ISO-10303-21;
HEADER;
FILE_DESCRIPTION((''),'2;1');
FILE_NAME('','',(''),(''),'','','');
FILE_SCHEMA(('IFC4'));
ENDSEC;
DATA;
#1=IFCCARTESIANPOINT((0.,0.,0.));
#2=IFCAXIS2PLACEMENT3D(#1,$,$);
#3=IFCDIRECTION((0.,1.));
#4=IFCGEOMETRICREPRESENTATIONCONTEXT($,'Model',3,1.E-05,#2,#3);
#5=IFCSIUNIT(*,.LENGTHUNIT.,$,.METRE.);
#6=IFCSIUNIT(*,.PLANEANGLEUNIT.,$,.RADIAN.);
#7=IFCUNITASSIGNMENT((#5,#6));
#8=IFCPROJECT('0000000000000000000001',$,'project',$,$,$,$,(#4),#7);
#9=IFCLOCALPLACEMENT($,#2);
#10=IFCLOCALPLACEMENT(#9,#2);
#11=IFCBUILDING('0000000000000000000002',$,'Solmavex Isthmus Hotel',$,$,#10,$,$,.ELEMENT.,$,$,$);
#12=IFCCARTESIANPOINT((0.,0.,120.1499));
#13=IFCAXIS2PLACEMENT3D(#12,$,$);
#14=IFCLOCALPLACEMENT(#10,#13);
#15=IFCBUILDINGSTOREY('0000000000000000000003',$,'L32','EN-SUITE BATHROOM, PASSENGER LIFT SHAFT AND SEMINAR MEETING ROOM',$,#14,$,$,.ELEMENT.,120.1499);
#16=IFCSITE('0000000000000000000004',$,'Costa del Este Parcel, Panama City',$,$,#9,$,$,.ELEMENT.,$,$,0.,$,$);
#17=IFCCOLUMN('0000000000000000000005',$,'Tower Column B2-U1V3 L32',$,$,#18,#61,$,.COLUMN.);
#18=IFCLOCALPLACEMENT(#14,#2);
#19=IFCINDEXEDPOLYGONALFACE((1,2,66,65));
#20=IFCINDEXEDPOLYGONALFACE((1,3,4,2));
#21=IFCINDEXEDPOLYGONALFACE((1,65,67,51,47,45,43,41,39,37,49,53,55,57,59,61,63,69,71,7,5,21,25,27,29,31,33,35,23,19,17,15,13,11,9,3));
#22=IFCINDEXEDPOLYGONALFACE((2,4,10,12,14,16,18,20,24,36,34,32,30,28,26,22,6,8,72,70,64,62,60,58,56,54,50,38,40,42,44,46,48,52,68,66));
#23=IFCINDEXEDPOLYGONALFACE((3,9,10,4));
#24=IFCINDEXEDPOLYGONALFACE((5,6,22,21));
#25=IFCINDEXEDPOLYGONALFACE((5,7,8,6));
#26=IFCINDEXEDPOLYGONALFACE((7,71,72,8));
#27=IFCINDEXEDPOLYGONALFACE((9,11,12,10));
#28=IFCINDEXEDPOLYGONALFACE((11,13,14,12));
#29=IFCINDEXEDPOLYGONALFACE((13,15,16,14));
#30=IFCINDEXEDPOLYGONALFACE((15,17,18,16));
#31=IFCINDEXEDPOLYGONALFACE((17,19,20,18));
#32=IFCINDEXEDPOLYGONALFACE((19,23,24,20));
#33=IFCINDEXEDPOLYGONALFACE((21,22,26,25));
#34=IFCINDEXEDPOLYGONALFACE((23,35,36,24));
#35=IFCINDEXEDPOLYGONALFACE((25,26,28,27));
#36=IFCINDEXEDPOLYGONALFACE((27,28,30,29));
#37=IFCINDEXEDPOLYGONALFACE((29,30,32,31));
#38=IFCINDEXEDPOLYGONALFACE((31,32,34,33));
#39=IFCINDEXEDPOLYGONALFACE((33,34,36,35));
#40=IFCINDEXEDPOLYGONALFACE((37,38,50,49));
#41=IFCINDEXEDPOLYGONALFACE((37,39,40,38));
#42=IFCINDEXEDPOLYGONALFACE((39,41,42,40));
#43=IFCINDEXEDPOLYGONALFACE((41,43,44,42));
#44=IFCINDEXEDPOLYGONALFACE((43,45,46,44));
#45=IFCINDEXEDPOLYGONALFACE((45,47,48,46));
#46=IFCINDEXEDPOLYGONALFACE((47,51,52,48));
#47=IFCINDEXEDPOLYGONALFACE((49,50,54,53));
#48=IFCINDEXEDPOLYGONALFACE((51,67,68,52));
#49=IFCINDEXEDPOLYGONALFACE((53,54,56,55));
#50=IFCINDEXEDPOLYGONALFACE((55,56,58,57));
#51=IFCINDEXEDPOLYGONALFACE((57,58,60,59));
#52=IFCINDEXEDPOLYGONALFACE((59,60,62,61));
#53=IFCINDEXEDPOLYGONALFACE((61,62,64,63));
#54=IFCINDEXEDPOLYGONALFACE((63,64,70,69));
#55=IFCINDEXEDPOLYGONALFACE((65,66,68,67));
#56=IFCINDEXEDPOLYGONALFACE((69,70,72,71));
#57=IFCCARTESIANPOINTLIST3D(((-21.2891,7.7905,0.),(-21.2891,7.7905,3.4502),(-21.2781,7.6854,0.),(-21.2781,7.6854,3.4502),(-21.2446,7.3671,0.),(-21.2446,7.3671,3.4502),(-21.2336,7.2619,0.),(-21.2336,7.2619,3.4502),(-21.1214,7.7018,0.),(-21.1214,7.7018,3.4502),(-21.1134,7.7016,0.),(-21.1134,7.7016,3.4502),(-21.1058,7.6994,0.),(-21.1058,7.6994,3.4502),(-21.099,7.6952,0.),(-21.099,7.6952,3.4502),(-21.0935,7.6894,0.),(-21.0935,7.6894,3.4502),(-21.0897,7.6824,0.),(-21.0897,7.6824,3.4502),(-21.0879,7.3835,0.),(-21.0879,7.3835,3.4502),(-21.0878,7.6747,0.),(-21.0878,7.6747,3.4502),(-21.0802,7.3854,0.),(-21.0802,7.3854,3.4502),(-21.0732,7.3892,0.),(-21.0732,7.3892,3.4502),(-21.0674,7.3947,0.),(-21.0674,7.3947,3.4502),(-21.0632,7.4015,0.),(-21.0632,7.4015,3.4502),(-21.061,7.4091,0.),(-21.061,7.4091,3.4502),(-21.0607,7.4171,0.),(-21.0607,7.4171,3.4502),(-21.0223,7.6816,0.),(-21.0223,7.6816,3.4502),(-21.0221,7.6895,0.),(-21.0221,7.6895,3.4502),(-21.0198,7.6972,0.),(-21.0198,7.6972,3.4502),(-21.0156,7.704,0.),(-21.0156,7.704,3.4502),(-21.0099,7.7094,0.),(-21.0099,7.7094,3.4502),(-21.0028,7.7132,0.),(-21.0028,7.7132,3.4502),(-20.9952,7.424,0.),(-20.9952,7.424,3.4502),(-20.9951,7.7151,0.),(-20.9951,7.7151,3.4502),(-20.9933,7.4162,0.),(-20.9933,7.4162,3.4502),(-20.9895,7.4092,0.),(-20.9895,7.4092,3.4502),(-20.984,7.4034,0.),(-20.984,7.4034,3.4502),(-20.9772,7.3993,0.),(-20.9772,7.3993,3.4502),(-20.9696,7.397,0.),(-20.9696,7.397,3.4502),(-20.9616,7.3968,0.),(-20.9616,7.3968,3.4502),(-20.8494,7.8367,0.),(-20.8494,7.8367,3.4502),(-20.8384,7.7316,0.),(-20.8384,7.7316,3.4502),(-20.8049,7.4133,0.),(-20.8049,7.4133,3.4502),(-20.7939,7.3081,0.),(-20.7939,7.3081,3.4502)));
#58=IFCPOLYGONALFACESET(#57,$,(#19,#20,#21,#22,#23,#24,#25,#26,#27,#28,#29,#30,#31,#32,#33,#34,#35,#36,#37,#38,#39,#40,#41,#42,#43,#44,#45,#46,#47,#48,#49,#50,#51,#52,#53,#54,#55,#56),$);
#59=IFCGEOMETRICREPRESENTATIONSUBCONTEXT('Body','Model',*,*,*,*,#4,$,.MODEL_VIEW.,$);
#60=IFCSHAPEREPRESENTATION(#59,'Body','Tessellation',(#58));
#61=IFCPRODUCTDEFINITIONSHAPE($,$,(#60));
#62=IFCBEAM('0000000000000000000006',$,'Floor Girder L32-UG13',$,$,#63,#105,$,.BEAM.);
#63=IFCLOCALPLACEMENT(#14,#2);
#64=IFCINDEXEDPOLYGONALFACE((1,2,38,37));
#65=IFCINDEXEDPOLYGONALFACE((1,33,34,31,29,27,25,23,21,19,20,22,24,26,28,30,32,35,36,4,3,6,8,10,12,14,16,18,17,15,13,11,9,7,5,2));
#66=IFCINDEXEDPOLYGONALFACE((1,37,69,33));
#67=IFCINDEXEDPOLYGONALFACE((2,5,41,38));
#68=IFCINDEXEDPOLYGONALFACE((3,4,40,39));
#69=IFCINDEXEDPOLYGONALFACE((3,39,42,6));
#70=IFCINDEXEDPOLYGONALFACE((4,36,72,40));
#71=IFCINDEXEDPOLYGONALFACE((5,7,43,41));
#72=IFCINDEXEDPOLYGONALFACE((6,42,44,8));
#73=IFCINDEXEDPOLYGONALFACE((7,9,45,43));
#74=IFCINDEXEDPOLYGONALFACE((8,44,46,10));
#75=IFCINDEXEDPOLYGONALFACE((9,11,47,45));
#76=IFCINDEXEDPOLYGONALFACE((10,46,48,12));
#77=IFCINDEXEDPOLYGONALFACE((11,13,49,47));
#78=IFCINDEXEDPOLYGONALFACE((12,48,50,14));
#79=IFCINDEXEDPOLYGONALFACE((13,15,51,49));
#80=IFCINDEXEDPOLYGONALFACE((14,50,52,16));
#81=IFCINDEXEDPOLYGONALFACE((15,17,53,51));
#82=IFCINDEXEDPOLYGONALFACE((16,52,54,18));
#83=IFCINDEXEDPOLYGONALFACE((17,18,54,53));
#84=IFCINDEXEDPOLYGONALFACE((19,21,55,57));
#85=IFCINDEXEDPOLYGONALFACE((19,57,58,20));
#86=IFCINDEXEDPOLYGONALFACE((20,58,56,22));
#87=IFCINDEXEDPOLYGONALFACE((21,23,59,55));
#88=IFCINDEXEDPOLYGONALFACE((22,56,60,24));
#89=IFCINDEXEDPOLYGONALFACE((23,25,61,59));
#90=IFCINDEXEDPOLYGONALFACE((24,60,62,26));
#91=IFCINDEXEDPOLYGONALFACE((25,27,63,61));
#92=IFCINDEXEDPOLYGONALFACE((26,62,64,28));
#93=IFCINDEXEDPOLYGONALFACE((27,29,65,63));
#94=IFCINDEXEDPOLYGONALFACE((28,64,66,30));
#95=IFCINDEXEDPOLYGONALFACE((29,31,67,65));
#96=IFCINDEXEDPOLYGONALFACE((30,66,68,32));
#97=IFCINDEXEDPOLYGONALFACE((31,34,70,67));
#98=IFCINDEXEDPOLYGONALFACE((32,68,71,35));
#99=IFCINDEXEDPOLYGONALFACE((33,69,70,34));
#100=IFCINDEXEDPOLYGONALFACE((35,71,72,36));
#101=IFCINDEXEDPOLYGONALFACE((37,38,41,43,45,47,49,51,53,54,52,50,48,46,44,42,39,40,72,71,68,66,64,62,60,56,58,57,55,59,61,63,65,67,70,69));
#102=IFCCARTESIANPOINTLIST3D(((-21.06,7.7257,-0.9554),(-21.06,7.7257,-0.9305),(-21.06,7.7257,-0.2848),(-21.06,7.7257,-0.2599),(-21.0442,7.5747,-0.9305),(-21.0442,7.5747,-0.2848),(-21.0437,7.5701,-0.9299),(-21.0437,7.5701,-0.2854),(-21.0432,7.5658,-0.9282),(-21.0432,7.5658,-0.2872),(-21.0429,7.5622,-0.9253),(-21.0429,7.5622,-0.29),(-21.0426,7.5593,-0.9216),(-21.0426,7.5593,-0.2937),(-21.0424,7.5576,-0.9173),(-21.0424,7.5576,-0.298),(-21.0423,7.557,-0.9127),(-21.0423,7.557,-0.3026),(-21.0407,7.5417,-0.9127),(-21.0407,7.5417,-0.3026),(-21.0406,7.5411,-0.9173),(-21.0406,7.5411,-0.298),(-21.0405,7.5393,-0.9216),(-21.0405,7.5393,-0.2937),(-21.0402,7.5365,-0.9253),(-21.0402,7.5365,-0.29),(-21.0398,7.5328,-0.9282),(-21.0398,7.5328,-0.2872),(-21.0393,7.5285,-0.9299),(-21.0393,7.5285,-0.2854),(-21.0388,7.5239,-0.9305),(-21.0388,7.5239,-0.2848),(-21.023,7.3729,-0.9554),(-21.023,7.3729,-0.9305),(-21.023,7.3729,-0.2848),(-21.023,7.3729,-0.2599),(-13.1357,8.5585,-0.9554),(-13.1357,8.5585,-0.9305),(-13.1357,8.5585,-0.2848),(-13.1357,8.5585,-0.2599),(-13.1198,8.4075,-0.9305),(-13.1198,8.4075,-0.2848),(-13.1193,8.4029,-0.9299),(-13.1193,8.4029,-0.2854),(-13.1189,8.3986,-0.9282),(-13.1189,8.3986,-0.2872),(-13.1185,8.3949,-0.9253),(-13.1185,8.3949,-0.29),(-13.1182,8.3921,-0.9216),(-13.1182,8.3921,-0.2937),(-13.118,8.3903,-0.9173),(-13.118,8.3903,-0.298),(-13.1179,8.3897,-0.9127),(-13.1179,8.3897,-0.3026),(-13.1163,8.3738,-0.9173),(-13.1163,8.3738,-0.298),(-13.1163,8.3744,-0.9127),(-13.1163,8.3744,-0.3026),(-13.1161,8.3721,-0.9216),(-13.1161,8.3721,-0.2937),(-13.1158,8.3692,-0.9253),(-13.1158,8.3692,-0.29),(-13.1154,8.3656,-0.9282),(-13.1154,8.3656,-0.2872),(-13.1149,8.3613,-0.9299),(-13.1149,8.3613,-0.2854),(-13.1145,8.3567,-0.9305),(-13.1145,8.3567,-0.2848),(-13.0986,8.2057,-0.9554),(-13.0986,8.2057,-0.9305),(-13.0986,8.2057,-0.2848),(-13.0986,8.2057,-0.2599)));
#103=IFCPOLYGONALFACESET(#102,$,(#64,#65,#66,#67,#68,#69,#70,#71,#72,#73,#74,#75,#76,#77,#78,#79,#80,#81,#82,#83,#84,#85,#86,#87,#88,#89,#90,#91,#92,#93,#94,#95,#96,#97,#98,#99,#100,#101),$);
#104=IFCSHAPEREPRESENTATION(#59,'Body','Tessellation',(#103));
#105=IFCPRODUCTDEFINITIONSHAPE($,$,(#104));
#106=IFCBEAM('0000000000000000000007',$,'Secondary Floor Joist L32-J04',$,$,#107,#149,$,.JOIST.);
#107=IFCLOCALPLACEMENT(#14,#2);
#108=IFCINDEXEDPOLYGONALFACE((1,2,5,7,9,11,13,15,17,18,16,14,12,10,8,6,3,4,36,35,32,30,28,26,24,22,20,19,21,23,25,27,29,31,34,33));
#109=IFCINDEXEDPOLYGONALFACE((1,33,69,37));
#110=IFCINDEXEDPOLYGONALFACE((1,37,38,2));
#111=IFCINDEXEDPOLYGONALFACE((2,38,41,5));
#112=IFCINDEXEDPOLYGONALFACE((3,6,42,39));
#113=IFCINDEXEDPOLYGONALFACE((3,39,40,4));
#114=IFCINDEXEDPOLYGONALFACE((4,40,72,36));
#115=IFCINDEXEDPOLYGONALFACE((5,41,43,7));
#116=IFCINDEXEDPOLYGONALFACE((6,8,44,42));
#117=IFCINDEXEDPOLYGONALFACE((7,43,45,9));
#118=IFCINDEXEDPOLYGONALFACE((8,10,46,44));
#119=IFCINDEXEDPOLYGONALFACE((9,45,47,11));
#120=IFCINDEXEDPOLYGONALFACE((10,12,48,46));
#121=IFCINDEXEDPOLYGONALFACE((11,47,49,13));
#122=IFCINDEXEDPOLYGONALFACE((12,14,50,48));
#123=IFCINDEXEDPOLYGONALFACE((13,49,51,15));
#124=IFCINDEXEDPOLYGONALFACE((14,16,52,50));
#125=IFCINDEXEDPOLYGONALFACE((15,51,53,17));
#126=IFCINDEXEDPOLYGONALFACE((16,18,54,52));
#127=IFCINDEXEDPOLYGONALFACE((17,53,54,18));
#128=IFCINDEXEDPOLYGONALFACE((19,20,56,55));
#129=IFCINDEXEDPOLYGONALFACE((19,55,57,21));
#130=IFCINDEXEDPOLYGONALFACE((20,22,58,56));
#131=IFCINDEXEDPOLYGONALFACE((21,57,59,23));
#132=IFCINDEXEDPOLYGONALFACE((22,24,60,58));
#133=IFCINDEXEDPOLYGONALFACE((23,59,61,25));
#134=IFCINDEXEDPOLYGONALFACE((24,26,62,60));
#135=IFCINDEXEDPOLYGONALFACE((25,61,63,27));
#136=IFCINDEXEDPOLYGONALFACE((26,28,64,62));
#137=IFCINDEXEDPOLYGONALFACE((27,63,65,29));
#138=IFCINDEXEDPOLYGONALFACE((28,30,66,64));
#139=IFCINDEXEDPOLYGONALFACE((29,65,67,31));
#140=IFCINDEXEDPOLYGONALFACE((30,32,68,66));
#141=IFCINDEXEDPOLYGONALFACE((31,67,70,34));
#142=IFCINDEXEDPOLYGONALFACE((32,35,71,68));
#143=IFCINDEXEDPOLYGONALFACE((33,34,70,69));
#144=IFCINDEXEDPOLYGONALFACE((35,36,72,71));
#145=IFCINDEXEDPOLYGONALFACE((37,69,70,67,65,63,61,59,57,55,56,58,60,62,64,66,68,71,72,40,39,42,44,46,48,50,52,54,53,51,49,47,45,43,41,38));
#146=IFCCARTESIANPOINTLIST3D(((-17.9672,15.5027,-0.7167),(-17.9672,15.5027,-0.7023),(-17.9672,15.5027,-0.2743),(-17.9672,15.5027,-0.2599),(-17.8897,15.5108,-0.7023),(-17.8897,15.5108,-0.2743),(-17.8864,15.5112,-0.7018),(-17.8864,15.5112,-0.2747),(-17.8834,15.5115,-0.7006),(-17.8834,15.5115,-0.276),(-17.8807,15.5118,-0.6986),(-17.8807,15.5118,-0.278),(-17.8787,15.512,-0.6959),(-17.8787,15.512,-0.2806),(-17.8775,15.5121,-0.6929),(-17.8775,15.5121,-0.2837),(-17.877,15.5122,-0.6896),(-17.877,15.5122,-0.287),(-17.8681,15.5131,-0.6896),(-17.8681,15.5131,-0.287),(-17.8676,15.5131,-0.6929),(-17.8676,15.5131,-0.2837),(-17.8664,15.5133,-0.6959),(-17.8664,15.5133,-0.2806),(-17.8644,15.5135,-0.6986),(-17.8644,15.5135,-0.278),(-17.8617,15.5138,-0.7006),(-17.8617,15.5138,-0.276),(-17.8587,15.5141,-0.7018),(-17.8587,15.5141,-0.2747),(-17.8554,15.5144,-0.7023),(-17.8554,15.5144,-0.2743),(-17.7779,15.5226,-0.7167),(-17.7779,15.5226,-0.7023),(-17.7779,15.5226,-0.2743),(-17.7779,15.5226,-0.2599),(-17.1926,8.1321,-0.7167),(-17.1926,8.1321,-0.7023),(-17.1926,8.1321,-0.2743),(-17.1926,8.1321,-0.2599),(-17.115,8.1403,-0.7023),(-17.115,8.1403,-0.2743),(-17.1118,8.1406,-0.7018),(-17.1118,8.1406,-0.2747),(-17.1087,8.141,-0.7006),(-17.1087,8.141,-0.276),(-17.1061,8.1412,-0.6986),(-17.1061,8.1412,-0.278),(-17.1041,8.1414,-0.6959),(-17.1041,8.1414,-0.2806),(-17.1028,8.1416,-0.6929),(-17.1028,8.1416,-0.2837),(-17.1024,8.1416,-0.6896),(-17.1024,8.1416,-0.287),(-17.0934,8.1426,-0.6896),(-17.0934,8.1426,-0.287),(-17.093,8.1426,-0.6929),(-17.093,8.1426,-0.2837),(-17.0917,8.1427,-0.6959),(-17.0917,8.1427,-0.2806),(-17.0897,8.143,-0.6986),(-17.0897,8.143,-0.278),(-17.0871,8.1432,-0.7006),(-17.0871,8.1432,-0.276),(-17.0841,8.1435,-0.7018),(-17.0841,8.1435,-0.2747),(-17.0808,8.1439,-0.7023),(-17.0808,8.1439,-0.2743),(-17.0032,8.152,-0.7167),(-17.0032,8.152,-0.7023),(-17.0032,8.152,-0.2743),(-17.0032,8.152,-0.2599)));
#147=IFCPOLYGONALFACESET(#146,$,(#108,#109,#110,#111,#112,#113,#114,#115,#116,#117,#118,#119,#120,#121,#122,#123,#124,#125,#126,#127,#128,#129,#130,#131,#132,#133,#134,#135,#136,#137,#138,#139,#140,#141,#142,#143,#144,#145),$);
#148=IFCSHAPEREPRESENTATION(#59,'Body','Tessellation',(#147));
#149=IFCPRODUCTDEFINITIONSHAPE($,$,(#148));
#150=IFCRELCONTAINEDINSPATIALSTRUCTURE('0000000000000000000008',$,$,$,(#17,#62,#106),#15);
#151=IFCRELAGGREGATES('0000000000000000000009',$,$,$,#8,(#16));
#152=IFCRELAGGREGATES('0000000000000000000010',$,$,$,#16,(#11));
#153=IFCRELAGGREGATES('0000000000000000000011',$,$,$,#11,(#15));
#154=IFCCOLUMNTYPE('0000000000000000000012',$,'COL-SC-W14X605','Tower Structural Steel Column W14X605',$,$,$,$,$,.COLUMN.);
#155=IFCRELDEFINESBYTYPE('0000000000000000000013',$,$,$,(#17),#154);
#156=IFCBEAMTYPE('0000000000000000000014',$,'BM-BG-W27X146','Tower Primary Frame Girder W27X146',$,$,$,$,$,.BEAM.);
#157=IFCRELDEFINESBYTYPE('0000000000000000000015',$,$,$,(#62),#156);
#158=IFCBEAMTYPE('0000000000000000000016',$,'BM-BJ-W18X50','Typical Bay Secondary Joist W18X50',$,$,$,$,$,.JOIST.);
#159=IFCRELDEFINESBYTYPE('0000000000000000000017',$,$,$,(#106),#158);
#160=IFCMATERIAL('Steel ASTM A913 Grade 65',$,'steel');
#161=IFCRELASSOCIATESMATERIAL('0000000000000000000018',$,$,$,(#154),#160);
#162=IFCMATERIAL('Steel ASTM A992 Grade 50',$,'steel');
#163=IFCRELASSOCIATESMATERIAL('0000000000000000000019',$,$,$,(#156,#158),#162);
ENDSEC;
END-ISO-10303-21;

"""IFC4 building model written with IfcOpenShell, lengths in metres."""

from ifc_helpers import new_model, si_unit, direction, frame, origin, origin_2d, place, context, subcontext, project, spatial, i_section, extrude, material, material_profile, profile_set, type_object, element, save


model = new_model("IFC4")

# Units and contexts
model_context = context("Model", 3, precision=1e-05, world=origin(), true_north=direction((0.0, 1.0)))
body_context = subcontext(model_context, "Body", "Model", "MODEL_VIEW")
ifc_project = project(units=[si_unit("LENGTHUNIT", "METRE"), si_unit("PLANEANGLEUNIT", "RADIAN")], contexts=[model_context])

# Site, building, storey
site_placement = place(None, origin())
site = spatial("IfcSite", under=ifc_project, at=site_placement, Name="Costa del Este Parcel, Panama City", CompositionType="ELEMENT", RefElevation=0.0)
building_placement = place(site_placement, origin())
building = spatial("IfcBuilding", under=site, at=building_placement, Name="Solmavex Isthmus Hotel", CompositionType="ELEMENT")
storey_placement = place(building_placement, frame((0.0, 0.0, 120.1499)))
storey = spatial("IfcBuildingStorey", under=building, at=storey_placement, Name="L32", Description="EN-SUITE BATHROOM, PASSENGER LIFT SHAFT AND SEMINAR MEETING ROOM", CompositionType="ELEMENT", Elevation=120.1499)

# Column
ifc_material_1 = material(Name="Steel ASTM A913 Grade 65", Category="steel")
ifc_material_profile_1 = material_profile(ifc_material_1, i_section(OverallWidth=0.4421, OverallDepth=0.5315, WebThickness=0.0659, FlangeThickness=0.1057, FilletRadius=0.0305, at=origin_2d()), Name="W14X605")
ifc_profile_set_1 = profile_set([ifc_material_profile_1], Name="Steel ASTM A913 Grade 65")
column_type = type_object("IfcColumnType", Name="COL-SC-W14X605", Description="Tower Structural Steel Column W14X605", PredefinedType="COLUMN", material=ifc_profile_set_1)
column_placement = place(storey_placement, frame((-21.0415, 7.5493, 0.0), z_axis=(0.0, 0.0, 1.0), x_axis=(0.994522, 0.104528, 0.0)))
element("IfcColumn", 1, at=column_placement, inside=storey, type_object=column_type, Name="Tower Column B2-U1V3 L32", PredefinedType="COLUMN", context=body_context, shape_type="SweptSolid", body=[
    extrude(i_section(OverallWidth=0.4421, OverallDepth=0.5315, WebThickness=0.0659, FlangeThickness=0.1057, FilletRadius=0.0305, at=origin_2d()), origin(), (0.0, 0.0, 1.0), 3.4502),
])

# Beams
ifc_material_2 = material(Name="Steel ASTM A992 Grade 50", Category="steel")
ifc_material_profile_2 = material_profile(ifc_material_2, i_section(OverallWidth=0.3547, OverallDepth=0.6956, WebThickness=0.0154, FlangeThickness=0.0249, FilletRadius=0.0178, at=origin_2d()), Name="W27X146")
ifc_profile_set_2 = profile_set([ifc_material_profile_2], Name="Steel ASTM A992 Grade 50")
beam_type_1 = type_object("IfcBeamType", Name="BM-BG-W27X146", Description="Tower Primary Frame Girder W27X146", PredefinedType="BEAM", material=ifc_profile_set_2)
beam_1_placement = place(storey_placement, frame((-21.0415, 7.5493, -0.6077), z_axis=(0.994523, 0.104514, 0.0), x_axis=(-0.104514, 0.994523, 0.0)))
element("IfcBeam", 2, at=beam_1_placement, inside=storey, type_object=beam_type_1, Name="Floor Girder L32-UG13", PredefinedType="BEAM", context=body_context, shape_type="SweptSolid", body=[
    extrude(i_section(OverallWidth=0.3547, OverallDepth=0.6956, WebThickness=0.0154, FlangeThickness=0.0249, FilletRadius=0.0178, at=origin_2d()), origin(), (0.0, 0.0, 1.0), 7.968),
])
ifc_material_profile_3 = material_profile(ifc_material_2, i_section(OverallWidth=0.1904, OverallDepth=0.4568, WebThickness=0.009, FlangeThickness=0.0144, FilletRadius=0.0127, at=origin_2d()), Name="W18X50")
ifc_profile_set_3 = profile_set([ifc_material_profile_3], Name="Steel ASTM A992 Grade 50")
beam_type_2 = type_object("IfcBeamType", Name="BM-BJ-W18X50", Description="Typical Bay Secondary Joist W18X50", PredefinedType="JOIST", material=ifc_profile_set_3)
beam_2_placement = place(storey_placement, frame((-17.0979, 8.1421, -0.4883), z_axis=(-0.104525, 0.994522, 0.0), x_axis=(-0.994522, -0.104525, 0.0)))
element("IfcBeam", 3, at=beam_2_placement, inside=storey, type_object=beam_type_2, Name="Secondary Floor Joist L32-J04", PredefinedType="JOIST", context=body_context, shape_type="SweptSolid", body=[
    extrude(i_section(OverallWidth=0.1904, OverallDepth=0.4568, WebThickness=0.009, FlangeThickness=0.0144, FilletRadius=0.0127, at=origin_2d()), origin(), (0.0, 0.0, 1.0), 7.4111),
])

save(model, "model.ifc")
